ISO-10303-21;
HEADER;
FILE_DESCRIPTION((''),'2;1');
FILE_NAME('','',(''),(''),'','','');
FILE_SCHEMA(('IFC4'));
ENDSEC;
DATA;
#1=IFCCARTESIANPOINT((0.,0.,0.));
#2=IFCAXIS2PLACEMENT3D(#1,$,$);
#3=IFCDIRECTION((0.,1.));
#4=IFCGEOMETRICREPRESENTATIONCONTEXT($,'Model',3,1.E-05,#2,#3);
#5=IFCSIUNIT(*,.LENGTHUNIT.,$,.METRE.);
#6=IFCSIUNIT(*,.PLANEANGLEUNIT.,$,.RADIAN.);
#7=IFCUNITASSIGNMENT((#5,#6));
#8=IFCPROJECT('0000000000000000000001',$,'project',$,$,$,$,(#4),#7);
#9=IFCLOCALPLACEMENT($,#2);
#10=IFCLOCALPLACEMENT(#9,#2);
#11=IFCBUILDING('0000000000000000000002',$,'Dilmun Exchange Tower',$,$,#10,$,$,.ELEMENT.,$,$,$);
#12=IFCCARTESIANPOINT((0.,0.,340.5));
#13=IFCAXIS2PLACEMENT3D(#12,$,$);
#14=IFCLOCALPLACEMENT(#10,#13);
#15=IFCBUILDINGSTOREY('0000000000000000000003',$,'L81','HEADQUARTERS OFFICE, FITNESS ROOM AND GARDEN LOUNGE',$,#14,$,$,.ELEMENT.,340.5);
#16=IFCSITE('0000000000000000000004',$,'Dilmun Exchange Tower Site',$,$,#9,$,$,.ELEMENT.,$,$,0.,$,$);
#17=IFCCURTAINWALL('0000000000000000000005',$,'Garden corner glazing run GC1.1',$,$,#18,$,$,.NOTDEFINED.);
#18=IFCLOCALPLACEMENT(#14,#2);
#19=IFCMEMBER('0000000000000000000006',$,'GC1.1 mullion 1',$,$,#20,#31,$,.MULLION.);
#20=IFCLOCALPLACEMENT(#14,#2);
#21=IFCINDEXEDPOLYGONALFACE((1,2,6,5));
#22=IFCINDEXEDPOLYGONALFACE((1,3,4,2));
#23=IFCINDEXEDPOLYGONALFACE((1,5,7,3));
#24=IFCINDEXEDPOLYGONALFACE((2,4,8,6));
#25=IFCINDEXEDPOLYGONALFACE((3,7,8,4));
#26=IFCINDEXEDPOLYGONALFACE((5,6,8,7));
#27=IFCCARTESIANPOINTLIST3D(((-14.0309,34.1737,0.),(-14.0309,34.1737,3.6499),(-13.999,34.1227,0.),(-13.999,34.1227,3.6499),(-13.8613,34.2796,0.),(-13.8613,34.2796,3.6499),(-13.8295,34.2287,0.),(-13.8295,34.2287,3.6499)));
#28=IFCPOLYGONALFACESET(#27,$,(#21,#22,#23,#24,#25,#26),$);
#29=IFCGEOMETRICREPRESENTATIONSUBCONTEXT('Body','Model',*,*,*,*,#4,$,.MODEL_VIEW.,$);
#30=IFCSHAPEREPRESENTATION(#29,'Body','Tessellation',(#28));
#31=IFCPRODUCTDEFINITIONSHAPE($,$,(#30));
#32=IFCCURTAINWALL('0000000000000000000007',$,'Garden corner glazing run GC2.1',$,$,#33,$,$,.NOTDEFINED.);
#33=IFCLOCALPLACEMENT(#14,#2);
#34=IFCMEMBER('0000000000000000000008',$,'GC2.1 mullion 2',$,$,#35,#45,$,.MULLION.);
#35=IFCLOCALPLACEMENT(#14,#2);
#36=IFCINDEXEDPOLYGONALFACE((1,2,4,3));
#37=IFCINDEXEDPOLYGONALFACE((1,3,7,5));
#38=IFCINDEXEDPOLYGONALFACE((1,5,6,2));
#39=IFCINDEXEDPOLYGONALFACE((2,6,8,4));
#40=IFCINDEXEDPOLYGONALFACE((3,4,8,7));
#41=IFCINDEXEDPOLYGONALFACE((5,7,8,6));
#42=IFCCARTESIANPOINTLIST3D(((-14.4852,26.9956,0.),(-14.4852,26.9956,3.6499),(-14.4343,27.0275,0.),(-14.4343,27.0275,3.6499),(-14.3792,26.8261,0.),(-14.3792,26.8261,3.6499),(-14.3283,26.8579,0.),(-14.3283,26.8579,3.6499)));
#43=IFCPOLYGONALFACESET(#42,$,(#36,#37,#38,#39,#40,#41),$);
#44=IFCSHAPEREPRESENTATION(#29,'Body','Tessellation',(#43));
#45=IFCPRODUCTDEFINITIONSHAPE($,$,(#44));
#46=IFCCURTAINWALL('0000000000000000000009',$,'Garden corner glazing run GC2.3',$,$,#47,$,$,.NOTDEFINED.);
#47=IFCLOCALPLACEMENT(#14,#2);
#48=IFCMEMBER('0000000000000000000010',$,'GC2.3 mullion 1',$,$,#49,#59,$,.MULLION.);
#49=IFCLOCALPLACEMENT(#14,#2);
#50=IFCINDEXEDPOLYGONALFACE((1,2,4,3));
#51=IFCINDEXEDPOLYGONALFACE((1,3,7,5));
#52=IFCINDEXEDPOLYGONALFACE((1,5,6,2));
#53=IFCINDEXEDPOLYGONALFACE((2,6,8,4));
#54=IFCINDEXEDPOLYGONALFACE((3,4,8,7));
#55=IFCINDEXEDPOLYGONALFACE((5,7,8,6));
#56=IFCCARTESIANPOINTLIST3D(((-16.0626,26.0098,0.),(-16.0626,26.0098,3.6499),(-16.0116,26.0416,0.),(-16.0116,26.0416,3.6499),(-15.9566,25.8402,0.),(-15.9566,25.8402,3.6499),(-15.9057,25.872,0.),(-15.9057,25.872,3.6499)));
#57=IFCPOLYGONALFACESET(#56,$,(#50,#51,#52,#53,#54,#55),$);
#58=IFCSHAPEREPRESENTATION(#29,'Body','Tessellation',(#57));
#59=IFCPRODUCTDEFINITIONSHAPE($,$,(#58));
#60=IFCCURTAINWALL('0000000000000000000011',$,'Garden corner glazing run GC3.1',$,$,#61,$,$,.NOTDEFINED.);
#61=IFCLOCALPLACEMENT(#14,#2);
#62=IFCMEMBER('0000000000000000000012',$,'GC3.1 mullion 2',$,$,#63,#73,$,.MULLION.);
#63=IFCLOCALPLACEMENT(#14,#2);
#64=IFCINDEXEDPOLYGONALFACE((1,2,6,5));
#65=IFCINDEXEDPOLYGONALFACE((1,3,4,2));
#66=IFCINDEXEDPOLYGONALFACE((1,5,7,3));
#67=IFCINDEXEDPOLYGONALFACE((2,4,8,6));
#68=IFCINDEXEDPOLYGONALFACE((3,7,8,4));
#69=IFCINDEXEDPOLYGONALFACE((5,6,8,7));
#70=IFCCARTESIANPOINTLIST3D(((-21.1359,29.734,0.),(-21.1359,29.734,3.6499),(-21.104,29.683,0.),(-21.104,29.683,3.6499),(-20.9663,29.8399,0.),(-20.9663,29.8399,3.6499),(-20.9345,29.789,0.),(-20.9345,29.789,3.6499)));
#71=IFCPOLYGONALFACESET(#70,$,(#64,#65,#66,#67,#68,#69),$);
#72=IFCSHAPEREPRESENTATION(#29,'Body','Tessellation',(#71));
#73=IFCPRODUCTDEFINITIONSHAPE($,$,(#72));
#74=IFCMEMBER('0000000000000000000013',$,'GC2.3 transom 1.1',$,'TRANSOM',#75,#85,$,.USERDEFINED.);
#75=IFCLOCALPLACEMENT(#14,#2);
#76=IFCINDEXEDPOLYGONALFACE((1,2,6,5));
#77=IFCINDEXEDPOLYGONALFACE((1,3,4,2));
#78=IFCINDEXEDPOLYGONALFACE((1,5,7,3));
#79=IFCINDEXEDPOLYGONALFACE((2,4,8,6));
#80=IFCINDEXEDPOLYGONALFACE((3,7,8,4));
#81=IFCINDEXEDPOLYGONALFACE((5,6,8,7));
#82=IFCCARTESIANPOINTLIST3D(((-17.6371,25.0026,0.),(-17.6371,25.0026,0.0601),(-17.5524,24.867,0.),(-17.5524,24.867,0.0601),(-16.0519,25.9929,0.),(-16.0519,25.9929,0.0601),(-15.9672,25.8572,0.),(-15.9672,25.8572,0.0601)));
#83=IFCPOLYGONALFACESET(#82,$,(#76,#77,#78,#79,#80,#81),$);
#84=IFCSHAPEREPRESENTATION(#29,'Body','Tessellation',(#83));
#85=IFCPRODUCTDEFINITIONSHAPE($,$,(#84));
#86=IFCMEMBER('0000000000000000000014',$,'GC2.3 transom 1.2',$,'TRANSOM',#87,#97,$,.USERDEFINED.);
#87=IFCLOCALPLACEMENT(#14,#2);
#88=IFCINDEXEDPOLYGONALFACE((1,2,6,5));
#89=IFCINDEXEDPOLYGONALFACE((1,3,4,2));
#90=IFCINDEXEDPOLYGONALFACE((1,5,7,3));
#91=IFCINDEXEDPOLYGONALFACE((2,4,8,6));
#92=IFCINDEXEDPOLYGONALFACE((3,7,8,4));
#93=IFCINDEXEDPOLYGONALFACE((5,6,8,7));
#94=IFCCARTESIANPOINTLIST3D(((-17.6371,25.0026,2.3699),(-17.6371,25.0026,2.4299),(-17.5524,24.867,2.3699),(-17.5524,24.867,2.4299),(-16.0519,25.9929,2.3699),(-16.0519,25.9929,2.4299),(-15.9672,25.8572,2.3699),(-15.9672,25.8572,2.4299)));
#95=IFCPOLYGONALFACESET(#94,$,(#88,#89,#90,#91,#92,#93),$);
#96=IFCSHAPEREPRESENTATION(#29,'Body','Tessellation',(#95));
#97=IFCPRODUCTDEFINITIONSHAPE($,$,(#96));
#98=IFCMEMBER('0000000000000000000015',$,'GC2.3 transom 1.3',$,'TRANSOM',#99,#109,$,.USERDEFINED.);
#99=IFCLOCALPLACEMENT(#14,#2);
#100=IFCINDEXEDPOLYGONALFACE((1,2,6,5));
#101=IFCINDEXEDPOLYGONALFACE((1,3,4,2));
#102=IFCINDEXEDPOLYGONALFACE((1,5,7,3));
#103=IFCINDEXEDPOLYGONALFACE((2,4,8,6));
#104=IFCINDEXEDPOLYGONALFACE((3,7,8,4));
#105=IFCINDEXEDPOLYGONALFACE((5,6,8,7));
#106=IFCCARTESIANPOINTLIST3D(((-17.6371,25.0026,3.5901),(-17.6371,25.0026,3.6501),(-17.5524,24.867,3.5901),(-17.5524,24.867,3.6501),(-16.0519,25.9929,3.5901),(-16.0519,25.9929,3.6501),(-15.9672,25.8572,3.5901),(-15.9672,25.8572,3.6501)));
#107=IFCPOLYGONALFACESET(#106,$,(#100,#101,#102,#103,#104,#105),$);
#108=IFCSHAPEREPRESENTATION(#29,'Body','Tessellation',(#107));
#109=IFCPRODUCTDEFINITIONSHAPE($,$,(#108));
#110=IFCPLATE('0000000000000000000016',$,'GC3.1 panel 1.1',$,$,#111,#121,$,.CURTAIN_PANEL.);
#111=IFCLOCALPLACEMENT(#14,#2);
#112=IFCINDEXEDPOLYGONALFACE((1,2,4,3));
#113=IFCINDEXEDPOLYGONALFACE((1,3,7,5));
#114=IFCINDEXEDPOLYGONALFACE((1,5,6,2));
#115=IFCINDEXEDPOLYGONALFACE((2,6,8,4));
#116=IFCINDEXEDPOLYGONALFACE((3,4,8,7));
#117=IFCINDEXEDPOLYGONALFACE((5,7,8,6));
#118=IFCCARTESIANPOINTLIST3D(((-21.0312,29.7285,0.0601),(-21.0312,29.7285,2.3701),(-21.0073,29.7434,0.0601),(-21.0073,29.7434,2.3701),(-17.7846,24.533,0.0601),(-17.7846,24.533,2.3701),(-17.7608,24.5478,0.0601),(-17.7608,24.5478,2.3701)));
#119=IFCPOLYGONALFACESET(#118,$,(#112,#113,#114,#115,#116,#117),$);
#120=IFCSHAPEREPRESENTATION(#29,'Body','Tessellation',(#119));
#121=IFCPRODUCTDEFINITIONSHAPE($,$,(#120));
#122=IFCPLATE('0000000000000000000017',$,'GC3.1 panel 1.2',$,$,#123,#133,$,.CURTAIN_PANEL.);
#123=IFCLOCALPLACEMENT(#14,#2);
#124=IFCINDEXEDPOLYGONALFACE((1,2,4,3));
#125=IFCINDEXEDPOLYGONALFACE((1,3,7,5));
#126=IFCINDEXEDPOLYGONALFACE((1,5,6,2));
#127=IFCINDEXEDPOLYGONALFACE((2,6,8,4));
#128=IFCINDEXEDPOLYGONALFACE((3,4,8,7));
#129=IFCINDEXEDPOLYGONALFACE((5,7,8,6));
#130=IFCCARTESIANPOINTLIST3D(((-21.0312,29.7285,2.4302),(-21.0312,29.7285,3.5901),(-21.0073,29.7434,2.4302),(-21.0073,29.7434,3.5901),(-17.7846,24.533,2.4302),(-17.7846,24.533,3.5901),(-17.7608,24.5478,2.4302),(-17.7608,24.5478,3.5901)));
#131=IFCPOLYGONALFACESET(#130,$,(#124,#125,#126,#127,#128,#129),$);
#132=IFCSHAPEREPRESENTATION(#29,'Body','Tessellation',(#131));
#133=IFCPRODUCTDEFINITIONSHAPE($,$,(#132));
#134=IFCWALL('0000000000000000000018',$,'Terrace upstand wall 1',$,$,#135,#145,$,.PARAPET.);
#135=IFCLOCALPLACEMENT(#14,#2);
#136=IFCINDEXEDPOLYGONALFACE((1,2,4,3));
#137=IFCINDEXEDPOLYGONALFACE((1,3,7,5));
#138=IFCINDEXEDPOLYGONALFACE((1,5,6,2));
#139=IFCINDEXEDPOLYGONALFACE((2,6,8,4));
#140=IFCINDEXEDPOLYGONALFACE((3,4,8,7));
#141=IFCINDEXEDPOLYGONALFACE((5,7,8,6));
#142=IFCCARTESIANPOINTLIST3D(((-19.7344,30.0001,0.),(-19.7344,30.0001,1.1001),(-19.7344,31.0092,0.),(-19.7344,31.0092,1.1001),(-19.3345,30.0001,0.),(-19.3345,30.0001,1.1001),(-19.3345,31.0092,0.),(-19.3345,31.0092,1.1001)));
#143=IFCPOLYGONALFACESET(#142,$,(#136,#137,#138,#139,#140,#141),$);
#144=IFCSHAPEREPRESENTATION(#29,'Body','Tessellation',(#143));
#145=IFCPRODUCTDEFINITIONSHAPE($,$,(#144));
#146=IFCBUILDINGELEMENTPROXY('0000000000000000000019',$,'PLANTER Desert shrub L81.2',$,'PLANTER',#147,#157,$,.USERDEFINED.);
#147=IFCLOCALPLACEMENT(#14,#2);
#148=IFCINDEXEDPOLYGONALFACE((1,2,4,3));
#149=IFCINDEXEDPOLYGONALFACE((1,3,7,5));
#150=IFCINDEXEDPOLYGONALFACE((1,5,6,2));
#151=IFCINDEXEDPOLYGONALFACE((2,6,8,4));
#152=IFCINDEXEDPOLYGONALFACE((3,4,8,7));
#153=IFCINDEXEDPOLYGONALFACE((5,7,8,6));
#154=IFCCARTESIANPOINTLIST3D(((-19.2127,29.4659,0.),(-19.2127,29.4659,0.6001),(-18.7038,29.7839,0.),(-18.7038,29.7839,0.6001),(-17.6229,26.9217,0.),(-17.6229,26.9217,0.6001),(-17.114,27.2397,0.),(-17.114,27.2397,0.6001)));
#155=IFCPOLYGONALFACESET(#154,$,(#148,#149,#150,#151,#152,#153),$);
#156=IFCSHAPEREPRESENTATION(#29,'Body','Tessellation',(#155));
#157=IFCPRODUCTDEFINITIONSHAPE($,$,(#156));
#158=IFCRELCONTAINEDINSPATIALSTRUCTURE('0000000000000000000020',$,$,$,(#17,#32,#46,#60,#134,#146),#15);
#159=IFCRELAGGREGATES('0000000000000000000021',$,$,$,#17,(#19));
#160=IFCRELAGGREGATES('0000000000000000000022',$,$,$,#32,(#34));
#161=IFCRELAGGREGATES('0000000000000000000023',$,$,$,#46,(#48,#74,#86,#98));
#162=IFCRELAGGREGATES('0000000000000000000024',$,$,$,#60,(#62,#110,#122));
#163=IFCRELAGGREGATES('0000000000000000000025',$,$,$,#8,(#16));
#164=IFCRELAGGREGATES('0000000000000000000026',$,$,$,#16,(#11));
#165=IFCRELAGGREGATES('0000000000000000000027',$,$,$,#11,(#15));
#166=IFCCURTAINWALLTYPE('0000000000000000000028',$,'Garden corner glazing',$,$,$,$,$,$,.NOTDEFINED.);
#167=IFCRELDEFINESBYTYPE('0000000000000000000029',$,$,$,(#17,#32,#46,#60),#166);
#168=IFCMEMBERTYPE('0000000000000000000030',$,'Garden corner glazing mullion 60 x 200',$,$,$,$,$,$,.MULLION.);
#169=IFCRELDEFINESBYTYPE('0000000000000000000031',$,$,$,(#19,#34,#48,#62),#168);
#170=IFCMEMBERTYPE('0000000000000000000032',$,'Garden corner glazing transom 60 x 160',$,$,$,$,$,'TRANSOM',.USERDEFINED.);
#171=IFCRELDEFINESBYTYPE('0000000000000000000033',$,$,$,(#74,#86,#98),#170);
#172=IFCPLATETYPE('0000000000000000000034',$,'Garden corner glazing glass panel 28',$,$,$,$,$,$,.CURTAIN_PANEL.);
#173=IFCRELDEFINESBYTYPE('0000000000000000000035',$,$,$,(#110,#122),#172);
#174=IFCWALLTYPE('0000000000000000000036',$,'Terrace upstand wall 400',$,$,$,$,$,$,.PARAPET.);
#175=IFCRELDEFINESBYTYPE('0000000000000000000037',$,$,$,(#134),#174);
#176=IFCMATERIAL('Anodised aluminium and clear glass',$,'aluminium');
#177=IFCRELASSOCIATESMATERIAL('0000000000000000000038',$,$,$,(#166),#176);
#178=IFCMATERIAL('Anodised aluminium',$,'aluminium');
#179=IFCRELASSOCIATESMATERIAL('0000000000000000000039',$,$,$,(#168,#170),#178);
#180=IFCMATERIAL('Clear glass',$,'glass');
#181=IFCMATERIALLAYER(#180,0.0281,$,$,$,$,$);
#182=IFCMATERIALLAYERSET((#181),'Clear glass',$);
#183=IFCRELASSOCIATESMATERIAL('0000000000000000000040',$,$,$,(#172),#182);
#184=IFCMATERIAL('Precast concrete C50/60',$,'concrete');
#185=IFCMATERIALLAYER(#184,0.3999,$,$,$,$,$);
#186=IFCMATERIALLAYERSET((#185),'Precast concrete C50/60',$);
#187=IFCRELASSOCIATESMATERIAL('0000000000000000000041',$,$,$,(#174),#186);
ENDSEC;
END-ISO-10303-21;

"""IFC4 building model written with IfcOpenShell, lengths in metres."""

from ifc_helpers import new_model, si_unit, direction, frame, frame_2d, origin, origin_2d, place, context, subcontext, project, spatial, rectangle, extrude, material, layer, layer_set, material_profile, profile_set, type_object, element, aggregate, save


model = new_model("IFC4")

# Units and contexts
model_context = context("Model", 3, precision=1e-05, world=origin(), true_north=direction((0.0, 1.0)))
body_context = subcontext(model_context, "Body", "Model", "MODEL_VIEW")
ifc_project = project(units=[si_unit("LENGTHUNIT", "METRE"), si_unit("PLANEANGLEUNIT", "RADIAN")], contexts=[model_context])

# Site, building, storey
site_placement = place(None, origin())
site = spatial("IfcSite", under=ifc_project, at=site_placement, Name="Dilmun Exchange Tower Site", CompositionType="ELEMENT", RefElevation=0.0)
building_placement = place(site_placement, origin())
building = spatial("IfcBuilding", under=site, at=building_placement, Name="Dilmun Exchange Tower", CompositionType="ELEMENT")
storey_placement = place(building_placement, frame((0.0, 0.0, 340.5)))
storey = spatial("IfcBuildingStorey", under=building, at=storey_placement, Name="L81", Description="HEADQUARTERS OFFICE, FITNESS ROOM AND GARDEN LOUNGE", CompositionType="ELEMENT", Elevation=340.5)

# Curtain walls, members
ifc_material_1 = material(Name="Anodised aluminium and clear glass", Category="aluminium")
curtain_wall_type = type_object("IfcCurtainWallType", Name="Garden corner glazing", PredefinedType="NOTDEFINED", material=ifc_material_1)
curtain_wall_1_placement = place(storey_placement, origin())
curtain_wall_1 = element("IfcCurtainWall", 1, at=curtain_wall_1_placement, inside=storey, type_object=curtain_wall_type, Name="Garden corner glazing run GC1.1", PredefinedType="NOTDEFINED")
ifc_material_2 = material(Name="Anodised aluminium", Category="aluminium")
ifc_material_profile_1 = material_profile(ifc_material_2, rectangle(XDim=0.2, YDim=0.0601, at=origin_2d()), Name="AL 60x200")
ifc_profile_set_1 = profile_set([ifc_material_profile_1], Name="Anodised aluminium")
member_type_1 = type_object("IfcMemberType", Name="Garden corner glazing mullion 60 x 200", PredefinedType="MULLION", material=ifc_profile_set_1)
member_1_placement = place(storey_placement, frame((-13.9302, 34.2012, 0.0), z_axis=(0.0, 0.0, 1.0), x_axis=(0.84805, 0.529917, 0.0)))
member_1 = element("IfcMember", 2, at=member_1_placement, type_object=member_type_1, Name="GC1.1 mullion 1", PredefinedType="MULLION", context=body_context, shape_type="SweptSolid", body=[
    extrude(rectangle(XDim=0.2, YDim=0.0601, at=origin_2d()), origin(), (0.0, 0.0, 1.0), 3.6499),
])
aggregate(curtain_wall_1, [member_1])
curtain_wall_2_placement = place(storey_placement, origin())
curtain_wall_2 = element("IfcCurtainWall", 3, at=curtain_wall_2_placement, inside=storey, type_object=curtain_wall_type, Name="Garden corner glazing run GC2.1", PredefinedType="NOTDEFINED")
member_2_placement = place(storey_placement, frame((-14.4067, 26.9268, 0.0), z_axis=(0.0, 0.0, 1.0), x_axis=(0.529925, -0.848045, 0.0)))
member_2 = element("IfcMember", 4, at=member_2_placement, type_object=member_type_1, Name="GC2.1 mullion 2", PredefinedType="MULLION", context=body_context, shape_type="SweptSolid", body=[
    extrude(rectangle(XDim=0.2, YDim=0.0601, at=origin_2d()), origin(), (0.0, 0.0, 1.0), 3.6499),
])
aggregate(curtain_wall_2, [member_2])
curtain_wall_3_placement = place(storey_placement, origin())
curtain_wall_3 = element("IfcCurtainWall", 5, at=curtain_wall_3_placement, inside=storey, type_object=curtain_wall_type, Name="Garden corner glazing run GC2.3", PredefinedType="NOTDEFINED")
member_3_placement = place(storey_placement, frame((-15.9841, 25.9409, 0.0), z_axis=(0.0, 0.0, 1.0), x_axis=(0.529886, -0.848069, 0.0)))
member_3 = element("IfcMember", 6, at=member_3_placement, type_object=member_type_1, Name="GC2.3 mullion 1", PredefinedType="MULLION", context=body_context, shape_type="SweptSolid", body=[
    extrude(rectangle(XDim=0.2, YDim=0.0601, at=origin_2d()), origin(), (0.0, 0.0, 1.0), 3.6499),
])
curtain_wall_4_placement = place(storey_placement, origin())
curtain_wall_4 = element("IfcCurtainWall", 7, at=curtain_wall_4_placement, inside=storey, type_object=curtain_wall_type, Name="Garden corner glazing run GC3.1", PredefinedType="NOTDEFINED")
member_4_placement = place(storey_placement, frame((-21.0352, 29.7615, 0.0), z_axis=(0.0, 0.0, 1.0), x_axis=(-0.84805, -0.529917, 0.0)))
member_4 = element("IfcMember", 8, at=member_4_placement, type_object=member_type_1, Name="GC3.1 mullion 2", PredefinedType="MULLION", context=body_context, shape_type="SweptSolid", body=[
    extrude(rectangle(XDim=0.2, YDim=0.0601, at=origin_2d()), origin(), (0.0, 0.0, 1.0), 3.6499),
])

# Members
ifc_material_profile_2 = material_profile(ifc_material_2, rectangle(XDim=0.1599, YDim=0.0601, at=origin_2d()), Name="AL 60x160")
ifc_profile_set_2 = profile_set([ifc_material_profile_2], Name="Anodised aluminium")
member_type_2 = type_object("IfcMemberType", Name="Garden corner glazing transom 60 x 160", ElementType="TRANSOM", PredefinedType="USERDEFINED", material=ifc_profile_set_2)
member_5_placement = place(storey_placement, frame((-16.0095, 25.925, 0.03), z_axis=(-0.848123, -0.529799, 0.0), x_axis=(0.529799, -0.848123, 0.0)))
member_5 = element("IfcMember", 9, at=member_5_placement, type_object=member_type_2, Name="GC2.3 transom 1.1", ObjectType="TRANSOM", PredefinedType="USERDEFINED", context=body_context, shape_type="SweptSolid", body=[
    extrude(rectangle(XDim=0.1599, YDim=0.0601, at=origin_2d()), origin(), (0.0, 0.0, 1.0), 1.8691),
])
member_6_placement = place(storey_placement, frame((-16.0095, 25.925, 2.3999), z_axis=(-0.848123, -0.529799, 0.0), x_axis=(0.529799, -0.848123, 0.0)))
member_6 = element("IfcMember", 10, at=member_6_placement, type_object=member_type_2, Name="GC2.3 transom 1.2", ObjectType="TRANSOM", PredefinedType="USERDEFINED", context=body_context, shape_type="SweptSolid", body=[
    extrude(rectangle(XDim=0.1599, YDim=0.0601, at=origin_2d()), origin(), (0.0, 0.0, 1.0), 1.8691),
])
member_7_placement = place(storey_placement, frame((-16.0095, 25.925, 3.6201), z_axis=(-0.848123, -0.529799, 0.0), x_axis=(0.529799, -0.848123, 0.0)))
member_7 = element("IfcMember", 11, at=member_7_placement, type_object=member_type_2, Name="GC2.3 transom 1.3", ObjectType="TRANSOM", PredefinedType="USERDEFINED", context=body_context, shape_type="SweptSolid", body=[
    extrude(rectangle(XDim=0.1599, YDim=0.0601, at=origin_2d()), origin(), (0.0, 0.0, 1.0), 1.8691),
])
aggregate(curtain_wall_3, [member_3, member_5, member_6, member_7])

# Plates
ifc_material_3 = material(Name="Clear glass", Category="glass")
ifc_layer_1 = layer(ifc_material_3, 0.0281)
ifc_layer_set_1 = layer_set([ifc_layer_1], Name="Clear glass")
plate_type = type_object("IfcPlateType", Name="Garden corner glazing glass panel 28", PredefinedType="CURTAIN_PANEL", material=ifc_layer_set_1)
plate_1_placement = place(storey_placement, frame((-19.396, 27.1382, 0.0601), z_axis=(0.0, 0.0, 1.0), x_axis=(-0.529917, 0.84805, 0.0)))
plate_1 = element("IfcPlate", 12, at=plate_1_placement, type_object=plate_type, Name="GC3.1 panel 1.1", PredefinedType="CURTAIN_PANEL", context=body_context, shape_type="SweptSolid", body=[
    extrude(rectangle(XDim=6.1265, YDim=0.0281, at=origin_2d()), origin(), (0.0, 0.0, 1.0), 2.3101),
])
plate_2_placement = place(storey_placement, frame((-19.396, 27.1382, 2.4302), z_axis=(0.0, 0.0, 1.0), x_axis=(-0.529917, 0.84805, 0.0)))
plate_2 = element("IfcPlate", 13, at=plate_2_placement, type_object=plate_type, Name="GC3.1 panel 1.2", PredefinedType="CURTAIN_PANEL", context=body_context, shape_type="SweptSolid", body=[
    extrude(rectangle(XDim=6.1265, YDim=0.0281, at=origin_2d()), origin(), (0.0, 0.0, 1.0), 1.1599),
])
aggregate(curtain_wall_4, [member_4, plate_1, plate_2])

# Shared definitions
ifc_material_4 = material(Name="Precast concrete C50/60", Category="concrete")

# Wall
ifc_layer_2 = layer(ifc_material_4, 0.3999)
ifc_layer_set_2 = layer_set([ifc_layer_2], Name="Precast concrete C50/60")
wall_type_1 = type_object("IfcWallType", Name="Terrace upstand wall 400", PredefinedType="PARAPET", material=ifc_layer_set_2)
wall_1_placement = place(storey_placement, frame((-19.5344, 31.009, 0.0), z_axis=(0.0, 0.0, 1.0), x_axis=(0.0, -1.0, 0.0)))
element("IfcWall", 14, at=wall_1_placement, inside=storey, type_object=wall_type_1, Name="Terrace upstand wall 1", PredefinedType="PARAPET", context=body_context, shape_type="SweptSolid", body=[
    extrude(rectangle(XDim=1.009, YDim=0.3999, at=frame_2d((0.5044, 0.0))), origin(), (0.0, 0.0, 1.0), 1.1001),
])

# Building element proxy
proxy_placement = place(storey_placement, frame((-18.1633, 28.3528, 0.0), z_axis=(0.0, 0.0, 1.0), x_axis=(-0.529919, 0.848048, 0.0)))
element("IfcBuildingElementProxy", 15, at=proxy_placement, inside=storey, Name="PLANTER Desert shrub L81.2", ObjectType="PLANTER", PredefinedType="USERDEFINED", context=body_context, shape_type="SweptSolid", body=[
    extrude(rectangle(XDim=3.0, YDim=0.6001, at=origin_2d()), origin(), (0.0, 0.0, 1.0), 0.6001),
])

save(model, "model.ifc")
